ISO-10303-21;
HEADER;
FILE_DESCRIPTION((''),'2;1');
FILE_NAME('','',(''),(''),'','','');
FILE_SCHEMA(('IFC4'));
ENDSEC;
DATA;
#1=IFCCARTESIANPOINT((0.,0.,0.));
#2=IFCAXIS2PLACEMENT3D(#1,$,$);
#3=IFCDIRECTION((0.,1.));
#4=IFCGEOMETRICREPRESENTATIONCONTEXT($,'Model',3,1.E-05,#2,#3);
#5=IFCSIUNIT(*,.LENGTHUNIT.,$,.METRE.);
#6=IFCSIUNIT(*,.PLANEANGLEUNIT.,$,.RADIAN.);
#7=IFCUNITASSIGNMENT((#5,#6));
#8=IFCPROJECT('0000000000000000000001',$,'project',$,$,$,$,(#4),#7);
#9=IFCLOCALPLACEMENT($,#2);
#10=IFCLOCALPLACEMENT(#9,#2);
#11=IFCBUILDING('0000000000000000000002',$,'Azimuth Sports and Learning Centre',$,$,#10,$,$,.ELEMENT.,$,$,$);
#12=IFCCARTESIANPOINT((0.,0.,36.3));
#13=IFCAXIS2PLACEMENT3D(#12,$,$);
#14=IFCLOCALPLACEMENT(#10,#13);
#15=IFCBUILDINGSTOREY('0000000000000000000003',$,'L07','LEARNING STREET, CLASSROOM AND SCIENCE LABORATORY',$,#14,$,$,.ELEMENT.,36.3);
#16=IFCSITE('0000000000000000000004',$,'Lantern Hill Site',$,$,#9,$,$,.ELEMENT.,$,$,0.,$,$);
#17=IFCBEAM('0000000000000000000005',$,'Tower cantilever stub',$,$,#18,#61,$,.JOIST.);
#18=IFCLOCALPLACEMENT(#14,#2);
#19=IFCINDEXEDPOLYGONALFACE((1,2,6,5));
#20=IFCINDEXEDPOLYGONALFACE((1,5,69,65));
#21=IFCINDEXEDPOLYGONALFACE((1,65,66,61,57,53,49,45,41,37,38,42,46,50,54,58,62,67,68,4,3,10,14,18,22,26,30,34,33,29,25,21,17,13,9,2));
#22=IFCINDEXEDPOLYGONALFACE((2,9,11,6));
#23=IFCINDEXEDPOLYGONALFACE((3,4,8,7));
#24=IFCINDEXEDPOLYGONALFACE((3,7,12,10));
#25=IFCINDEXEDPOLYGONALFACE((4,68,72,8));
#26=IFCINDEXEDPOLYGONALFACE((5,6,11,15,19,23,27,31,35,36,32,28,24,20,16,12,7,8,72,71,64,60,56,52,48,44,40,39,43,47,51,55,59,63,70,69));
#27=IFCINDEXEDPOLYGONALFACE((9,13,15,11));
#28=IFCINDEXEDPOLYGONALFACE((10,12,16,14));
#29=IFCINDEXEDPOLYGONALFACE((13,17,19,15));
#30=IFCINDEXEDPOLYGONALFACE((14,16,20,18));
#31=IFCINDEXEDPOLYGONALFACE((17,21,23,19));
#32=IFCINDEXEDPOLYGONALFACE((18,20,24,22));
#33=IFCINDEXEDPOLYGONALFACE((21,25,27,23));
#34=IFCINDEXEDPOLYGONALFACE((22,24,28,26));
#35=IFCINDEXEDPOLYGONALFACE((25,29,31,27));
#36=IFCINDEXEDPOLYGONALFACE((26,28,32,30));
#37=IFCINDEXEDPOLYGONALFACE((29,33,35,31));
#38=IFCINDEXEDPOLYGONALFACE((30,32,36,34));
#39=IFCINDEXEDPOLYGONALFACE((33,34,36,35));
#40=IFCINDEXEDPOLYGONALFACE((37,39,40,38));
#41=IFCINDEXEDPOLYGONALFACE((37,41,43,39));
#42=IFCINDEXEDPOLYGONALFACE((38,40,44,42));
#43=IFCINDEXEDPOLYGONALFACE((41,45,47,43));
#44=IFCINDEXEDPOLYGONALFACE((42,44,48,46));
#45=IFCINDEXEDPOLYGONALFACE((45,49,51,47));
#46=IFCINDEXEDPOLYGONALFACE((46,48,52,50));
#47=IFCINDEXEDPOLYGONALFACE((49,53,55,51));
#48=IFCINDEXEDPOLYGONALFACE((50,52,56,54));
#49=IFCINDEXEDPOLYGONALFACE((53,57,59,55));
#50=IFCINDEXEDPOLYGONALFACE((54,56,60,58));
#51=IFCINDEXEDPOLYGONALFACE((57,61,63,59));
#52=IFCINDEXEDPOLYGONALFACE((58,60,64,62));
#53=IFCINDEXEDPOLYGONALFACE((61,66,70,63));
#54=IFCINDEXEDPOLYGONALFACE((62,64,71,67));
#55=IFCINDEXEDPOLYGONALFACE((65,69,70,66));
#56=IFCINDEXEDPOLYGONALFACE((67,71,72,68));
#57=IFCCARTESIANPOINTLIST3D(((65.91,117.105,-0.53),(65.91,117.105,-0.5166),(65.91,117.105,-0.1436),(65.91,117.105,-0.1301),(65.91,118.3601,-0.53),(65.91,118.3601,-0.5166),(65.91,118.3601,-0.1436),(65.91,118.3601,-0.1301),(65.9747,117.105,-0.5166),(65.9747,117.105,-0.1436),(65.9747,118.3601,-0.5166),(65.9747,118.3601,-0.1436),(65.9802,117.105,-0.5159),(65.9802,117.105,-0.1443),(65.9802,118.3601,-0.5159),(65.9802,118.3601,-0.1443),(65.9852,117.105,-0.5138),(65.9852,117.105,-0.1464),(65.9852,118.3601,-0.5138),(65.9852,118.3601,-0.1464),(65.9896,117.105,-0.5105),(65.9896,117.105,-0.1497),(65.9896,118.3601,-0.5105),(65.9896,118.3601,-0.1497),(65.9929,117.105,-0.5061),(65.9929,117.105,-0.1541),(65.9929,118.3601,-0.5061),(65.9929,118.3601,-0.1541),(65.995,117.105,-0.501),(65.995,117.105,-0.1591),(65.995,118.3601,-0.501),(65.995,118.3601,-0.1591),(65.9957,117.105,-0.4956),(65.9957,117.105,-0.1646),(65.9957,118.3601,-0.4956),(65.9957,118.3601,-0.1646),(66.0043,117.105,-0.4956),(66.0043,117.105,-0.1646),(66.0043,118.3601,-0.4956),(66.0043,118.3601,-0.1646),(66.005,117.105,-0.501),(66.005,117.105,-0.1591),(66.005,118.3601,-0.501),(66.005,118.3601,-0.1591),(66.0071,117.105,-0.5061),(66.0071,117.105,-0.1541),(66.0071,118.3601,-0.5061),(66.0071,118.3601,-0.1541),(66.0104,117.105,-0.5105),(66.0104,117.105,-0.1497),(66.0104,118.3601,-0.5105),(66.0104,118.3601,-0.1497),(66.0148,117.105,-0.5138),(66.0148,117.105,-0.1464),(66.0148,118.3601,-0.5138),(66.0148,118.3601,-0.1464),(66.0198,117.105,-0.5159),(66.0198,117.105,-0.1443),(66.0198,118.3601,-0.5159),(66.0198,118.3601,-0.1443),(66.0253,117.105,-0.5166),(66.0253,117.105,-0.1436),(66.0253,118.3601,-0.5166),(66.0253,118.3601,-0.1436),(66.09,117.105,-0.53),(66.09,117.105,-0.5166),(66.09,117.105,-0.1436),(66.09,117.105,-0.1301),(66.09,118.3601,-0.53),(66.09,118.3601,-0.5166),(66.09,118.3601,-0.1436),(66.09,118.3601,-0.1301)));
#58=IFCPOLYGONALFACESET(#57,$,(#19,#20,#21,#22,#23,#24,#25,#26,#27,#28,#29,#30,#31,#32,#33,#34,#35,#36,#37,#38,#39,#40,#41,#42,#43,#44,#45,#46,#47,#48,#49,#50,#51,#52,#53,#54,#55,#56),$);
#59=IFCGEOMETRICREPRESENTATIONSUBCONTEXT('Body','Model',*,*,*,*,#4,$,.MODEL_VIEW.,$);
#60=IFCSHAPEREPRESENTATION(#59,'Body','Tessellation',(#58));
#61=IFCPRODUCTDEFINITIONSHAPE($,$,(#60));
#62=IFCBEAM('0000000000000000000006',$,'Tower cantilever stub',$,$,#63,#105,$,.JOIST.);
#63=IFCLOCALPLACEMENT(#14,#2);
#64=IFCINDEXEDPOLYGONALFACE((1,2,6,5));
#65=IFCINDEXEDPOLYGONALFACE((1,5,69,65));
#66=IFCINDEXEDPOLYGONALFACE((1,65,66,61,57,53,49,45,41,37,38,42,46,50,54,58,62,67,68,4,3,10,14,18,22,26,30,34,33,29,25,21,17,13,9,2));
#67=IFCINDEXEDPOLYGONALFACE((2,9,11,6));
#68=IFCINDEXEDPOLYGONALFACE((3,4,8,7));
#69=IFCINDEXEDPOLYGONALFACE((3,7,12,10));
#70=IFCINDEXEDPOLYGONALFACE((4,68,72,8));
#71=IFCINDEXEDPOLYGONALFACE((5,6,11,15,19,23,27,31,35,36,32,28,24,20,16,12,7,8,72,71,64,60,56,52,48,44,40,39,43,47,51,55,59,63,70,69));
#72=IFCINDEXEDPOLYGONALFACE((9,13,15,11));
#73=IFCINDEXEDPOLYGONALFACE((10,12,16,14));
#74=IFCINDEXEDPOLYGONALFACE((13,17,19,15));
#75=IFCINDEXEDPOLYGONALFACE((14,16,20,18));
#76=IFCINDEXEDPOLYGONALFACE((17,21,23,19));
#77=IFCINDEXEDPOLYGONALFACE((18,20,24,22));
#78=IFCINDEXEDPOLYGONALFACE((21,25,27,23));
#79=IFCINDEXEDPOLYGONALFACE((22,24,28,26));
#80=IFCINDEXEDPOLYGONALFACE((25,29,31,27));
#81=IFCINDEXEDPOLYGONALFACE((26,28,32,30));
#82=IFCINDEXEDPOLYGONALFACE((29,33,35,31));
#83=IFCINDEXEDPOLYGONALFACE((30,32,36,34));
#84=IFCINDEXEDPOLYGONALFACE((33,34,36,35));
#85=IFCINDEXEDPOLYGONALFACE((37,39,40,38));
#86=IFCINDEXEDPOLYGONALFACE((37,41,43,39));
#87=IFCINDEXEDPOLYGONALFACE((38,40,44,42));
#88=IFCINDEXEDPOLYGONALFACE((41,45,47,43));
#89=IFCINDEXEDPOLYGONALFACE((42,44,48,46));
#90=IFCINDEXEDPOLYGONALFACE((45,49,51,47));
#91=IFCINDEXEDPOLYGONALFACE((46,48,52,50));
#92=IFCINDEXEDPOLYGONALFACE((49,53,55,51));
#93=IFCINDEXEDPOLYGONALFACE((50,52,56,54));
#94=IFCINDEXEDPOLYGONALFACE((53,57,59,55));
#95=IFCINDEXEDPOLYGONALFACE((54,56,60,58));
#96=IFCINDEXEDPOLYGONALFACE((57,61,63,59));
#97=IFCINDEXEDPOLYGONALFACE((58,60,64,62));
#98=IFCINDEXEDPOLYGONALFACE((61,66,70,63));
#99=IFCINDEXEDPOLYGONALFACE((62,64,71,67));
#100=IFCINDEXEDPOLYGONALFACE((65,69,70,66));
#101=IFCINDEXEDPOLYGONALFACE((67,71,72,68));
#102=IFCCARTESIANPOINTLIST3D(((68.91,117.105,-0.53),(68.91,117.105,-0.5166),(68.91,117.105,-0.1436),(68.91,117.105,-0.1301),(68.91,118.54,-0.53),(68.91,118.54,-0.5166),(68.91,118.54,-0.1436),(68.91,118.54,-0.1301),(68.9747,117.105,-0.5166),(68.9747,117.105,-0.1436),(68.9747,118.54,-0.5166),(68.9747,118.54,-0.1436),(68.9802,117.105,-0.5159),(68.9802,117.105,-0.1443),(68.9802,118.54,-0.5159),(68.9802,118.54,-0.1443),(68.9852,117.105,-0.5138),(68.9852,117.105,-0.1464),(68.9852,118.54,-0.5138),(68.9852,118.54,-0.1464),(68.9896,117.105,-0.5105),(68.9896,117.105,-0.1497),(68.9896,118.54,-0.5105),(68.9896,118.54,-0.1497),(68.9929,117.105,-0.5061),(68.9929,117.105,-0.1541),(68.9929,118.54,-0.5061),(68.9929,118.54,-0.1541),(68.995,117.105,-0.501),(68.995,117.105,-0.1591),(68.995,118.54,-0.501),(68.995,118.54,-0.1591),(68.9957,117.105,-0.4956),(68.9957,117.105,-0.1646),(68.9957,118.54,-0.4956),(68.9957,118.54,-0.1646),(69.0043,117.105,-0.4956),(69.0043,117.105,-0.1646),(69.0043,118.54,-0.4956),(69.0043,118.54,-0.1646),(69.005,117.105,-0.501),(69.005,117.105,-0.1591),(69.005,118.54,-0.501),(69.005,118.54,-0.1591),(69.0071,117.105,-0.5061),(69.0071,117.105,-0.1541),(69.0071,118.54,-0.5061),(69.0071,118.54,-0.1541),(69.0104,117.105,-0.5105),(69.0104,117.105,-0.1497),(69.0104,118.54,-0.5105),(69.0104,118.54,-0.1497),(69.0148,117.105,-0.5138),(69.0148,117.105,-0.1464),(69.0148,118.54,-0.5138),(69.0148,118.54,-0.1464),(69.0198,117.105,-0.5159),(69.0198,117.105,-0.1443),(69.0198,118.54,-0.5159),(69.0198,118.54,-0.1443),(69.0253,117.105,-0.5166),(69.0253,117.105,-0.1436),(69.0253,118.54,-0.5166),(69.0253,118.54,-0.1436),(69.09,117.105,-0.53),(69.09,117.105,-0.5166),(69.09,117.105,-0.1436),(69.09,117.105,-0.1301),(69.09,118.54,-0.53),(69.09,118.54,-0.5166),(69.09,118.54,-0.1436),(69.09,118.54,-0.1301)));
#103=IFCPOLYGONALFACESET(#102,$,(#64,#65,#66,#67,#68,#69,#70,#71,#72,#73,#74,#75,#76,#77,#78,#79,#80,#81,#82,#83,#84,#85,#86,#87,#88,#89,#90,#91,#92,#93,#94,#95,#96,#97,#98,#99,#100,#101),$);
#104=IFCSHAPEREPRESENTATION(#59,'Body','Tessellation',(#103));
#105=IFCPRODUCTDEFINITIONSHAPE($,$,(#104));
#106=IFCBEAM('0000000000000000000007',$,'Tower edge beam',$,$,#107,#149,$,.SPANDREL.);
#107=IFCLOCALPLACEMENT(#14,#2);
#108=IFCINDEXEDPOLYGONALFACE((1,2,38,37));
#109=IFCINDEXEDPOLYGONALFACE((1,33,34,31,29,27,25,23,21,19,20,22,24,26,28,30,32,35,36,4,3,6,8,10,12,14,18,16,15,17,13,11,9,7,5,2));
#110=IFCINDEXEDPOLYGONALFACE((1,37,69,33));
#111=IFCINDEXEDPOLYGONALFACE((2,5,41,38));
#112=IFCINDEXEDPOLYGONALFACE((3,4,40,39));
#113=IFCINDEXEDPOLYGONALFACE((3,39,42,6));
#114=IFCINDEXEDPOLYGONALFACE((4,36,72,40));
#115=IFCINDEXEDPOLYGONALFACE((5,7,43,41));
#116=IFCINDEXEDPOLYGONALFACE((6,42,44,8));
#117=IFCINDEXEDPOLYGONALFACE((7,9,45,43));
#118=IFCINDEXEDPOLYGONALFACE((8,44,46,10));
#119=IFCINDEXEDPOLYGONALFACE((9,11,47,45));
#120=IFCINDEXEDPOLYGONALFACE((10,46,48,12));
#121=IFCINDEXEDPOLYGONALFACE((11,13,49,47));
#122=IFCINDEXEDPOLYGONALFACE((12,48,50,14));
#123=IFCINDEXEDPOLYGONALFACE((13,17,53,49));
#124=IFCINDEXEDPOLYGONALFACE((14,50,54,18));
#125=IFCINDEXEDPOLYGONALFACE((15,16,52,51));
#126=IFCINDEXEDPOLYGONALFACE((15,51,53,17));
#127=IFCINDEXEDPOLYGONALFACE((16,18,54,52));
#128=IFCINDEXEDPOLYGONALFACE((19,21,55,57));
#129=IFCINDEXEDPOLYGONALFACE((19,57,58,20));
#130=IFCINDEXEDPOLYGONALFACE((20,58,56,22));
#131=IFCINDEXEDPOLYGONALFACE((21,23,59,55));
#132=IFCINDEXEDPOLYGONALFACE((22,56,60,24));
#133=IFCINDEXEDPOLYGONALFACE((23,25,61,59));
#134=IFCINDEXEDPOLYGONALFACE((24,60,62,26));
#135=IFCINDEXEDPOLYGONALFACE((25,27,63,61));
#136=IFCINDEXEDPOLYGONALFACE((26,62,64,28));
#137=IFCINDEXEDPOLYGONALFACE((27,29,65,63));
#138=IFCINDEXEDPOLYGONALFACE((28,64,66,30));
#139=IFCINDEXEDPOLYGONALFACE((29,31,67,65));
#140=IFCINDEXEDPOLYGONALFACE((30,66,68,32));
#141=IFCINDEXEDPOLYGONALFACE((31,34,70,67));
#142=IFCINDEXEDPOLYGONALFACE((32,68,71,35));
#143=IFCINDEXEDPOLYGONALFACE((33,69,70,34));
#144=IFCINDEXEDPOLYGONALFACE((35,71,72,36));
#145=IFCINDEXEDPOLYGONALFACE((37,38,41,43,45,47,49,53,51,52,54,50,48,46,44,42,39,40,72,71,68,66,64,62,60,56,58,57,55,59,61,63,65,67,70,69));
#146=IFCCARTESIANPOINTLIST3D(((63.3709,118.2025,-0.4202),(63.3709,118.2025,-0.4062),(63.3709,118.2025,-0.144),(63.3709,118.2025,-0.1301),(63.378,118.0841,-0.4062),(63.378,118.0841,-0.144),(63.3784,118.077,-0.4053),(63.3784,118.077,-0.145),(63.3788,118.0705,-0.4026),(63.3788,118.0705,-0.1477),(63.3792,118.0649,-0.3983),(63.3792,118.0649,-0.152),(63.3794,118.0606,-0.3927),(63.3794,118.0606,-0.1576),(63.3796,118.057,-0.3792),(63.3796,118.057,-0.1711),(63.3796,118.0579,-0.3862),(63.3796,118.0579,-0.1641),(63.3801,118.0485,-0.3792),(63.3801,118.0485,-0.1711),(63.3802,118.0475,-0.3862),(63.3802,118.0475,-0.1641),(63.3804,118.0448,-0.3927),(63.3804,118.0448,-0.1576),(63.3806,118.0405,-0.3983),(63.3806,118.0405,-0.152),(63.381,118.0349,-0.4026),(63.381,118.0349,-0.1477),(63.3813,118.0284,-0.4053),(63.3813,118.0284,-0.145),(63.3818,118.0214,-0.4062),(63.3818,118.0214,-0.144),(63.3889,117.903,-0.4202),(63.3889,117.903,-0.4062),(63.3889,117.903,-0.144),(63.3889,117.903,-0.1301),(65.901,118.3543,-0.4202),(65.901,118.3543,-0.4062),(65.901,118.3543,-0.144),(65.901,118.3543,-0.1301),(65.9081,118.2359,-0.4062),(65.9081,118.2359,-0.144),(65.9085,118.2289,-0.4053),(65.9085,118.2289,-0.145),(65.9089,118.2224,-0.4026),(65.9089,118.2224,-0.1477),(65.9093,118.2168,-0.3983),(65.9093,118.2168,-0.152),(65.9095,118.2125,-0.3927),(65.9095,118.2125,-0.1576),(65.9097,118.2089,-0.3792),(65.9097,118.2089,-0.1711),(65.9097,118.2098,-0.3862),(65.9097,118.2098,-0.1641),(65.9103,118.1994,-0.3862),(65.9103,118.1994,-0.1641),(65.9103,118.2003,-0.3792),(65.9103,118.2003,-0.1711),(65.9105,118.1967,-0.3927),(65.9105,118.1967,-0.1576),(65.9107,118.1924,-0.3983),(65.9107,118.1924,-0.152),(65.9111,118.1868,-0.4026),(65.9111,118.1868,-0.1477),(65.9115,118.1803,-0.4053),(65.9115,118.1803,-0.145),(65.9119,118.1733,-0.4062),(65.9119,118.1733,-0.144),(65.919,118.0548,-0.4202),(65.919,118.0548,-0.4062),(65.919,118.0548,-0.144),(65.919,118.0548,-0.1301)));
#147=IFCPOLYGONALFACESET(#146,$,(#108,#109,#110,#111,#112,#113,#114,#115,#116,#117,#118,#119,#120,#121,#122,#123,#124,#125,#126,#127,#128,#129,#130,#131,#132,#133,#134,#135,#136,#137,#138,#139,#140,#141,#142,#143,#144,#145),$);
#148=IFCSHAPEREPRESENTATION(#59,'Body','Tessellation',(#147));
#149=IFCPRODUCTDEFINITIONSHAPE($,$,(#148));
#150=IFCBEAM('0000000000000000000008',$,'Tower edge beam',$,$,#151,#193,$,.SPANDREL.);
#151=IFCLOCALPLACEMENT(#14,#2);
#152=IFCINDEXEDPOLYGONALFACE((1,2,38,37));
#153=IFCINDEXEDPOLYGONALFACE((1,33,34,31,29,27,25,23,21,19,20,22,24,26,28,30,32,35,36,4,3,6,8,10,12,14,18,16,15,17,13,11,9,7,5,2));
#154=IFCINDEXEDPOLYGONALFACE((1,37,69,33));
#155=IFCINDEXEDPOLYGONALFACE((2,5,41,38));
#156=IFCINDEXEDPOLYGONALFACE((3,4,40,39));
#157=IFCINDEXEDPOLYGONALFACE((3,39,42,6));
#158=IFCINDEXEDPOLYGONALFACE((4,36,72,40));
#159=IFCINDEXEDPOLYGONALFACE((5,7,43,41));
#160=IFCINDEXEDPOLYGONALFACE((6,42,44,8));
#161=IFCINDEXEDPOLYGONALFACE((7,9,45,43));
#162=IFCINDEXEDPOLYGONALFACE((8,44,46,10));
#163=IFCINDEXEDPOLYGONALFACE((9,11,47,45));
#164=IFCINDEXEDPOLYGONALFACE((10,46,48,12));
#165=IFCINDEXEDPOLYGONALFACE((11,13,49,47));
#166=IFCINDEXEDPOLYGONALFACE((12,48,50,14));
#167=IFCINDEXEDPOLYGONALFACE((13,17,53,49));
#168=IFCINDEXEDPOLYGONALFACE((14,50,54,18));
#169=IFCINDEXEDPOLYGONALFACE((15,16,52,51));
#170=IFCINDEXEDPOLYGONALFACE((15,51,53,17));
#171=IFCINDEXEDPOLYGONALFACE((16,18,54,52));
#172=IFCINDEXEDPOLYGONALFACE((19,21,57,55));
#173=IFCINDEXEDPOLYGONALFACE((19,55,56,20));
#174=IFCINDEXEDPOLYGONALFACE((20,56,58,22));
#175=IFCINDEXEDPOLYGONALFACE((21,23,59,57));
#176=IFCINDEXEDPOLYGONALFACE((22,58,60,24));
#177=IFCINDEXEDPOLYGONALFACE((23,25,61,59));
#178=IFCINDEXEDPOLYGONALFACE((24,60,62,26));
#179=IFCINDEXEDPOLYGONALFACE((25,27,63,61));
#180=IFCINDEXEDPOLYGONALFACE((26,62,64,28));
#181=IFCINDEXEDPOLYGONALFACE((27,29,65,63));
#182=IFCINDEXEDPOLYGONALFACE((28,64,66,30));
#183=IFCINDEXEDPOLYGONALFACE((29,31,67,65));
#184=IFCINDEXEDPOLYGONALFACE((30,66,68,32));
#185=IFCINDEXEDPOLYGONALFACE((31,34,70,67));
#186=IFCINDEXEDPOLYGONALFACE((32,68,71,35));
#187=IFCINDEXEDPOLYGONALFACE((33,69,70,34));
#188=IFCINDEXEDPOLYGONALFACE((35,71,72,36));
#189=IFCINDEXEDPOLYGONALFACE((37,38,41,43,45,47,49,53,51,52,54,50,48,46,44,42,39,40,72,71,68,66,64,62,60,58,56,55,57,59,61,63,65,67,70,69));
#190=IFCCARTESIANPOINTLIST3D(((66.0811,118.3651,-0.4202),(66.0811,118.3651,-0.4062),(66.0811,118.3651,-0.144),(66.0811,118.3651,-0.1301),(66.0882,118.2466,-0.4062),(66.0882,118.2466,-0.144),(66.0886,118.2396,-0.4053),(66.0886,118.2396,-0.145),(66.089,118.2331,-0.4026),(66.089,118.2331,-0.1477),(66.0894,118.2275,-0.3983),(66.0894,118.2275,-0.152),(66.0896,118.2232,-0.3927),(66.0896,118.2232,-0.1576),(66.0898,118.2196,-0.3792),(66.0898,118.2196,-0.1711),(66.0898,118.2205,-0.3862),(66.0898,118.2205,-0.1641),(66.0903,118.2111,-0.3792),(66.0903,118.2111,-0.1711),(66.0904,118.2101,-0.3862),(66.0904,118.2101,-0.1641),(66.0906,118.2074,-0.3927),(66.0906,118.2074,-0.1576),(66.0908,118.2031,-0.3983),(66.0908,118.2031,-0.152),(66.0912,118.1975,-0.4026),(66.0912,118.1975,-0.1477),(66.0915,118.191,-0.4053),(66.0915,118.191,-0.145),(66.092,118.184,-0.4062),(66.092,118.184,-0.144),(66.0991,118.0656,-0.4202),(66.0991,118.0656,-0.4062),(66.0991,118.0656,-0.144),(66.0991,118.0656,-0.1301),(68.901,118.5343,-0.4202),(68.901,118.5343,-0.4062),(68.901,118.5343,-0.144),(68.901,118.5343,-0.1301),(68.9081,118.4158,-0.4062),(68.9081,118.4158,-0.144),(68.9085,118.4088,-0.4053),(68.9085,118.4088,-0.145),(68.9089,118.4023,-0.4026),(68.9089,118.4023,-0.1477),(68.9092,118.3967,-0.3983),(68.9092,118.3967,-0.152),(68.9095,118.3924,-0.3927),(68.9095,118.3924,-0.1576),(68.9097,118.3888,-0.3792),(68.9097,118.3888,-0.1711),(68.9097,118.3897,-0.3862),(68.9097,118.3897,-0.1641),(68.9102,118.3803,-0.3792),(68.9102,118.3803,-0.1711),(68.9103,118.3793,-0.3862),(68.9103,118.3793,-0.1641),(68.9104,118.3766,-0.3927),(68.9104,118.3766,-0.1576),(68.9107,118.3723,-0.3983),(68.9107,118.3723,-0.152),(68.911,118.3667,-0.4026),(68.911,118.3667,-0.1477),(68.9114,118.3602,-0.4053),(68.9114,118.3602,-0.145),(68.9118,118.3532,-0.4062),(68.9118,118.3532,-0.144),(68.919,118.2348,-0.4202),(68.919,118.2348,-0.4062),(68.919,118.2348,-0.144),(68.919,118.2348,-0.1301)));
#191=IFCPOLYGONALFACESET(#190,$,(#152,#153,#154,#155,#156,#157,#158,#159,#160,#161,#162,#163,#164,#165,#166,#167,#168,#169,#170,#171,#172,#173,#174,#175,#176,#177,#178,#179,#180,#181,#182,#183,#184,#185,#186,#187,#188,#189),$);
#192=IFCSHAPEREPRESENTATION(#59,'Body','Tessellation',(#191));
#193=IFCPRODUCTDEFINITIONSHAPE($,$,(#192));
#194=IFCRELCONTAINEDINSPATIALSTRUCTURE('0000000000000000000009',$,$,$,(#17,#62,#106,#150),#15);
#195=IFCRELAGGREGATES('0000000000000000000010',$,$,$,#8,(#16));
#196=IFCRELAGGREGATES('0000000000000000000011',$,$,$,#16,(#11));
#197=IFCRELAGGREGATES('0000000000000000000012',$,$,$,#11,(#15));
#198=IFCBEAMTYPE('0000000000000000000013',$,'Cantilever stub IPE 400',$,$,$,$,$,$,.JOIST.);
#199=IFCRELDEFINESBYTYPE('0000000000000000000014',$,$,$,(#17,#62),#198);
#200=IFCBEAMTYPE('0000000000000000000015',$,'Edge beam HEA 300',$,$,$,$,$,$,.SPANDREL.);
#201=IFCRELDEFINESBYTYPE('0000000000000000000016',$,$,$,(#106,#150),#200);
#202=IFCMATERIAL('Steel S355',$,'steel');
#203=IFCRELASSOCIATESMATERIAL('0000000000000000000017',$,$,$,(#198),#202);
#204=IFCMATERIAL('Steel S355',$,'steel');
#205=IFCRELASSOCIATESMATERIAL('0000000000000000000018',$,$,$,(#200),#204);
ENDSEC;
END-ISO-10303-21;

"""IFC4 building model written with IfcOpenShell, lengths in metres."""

from ifc_helpers import new_model, si_unit, direction, frame, origin, origin_2d, place, context, subcontext, project, spatial, i_section, extrude, material, material_profile, profile_set, type_object, element, save


model = new_model("IFC4")

# Units and contexts
model_context = context("Model", 3, precision=1e-05, world=origin(), true_north=direction((0.0, 1.0)))
body_context = subcontext(model_context, "Body", "Model", "MODEL_VIEW")
ifc_project = project(units=[si_unit("LENGTHUNIT", "METRE"), si_unit("PLANEANGLEUNIT", "RADIAN")], contexts=[model_context])

# Site, building, storey
site_placement = place(None, origin())
site = spatial("IfcSite", under=ifc_project, at=site_placement, Name="Lantern Hill Site", CompositionType="ELEMENT", RefElevation=0.0)
building_placement = place(site_placement, origin())
building = spatial("IfcBuilding", under=site, at=building_placement, Name="Azimuth Sports and Learning Centre", CompositionType="ELEMENT")
storey_placement = place(building_placement, frame((0.0, 0.0, 36.3)))
storey = spatial("IfcBuildingStorey", under=building, at=storey_placement, Name="L07", Description="LEARNING STREET, CLASSROOM AND SCIENCE LABORATORY", CompositionType="ELEMENT", Elevation=36.3)

# Beams
ifc_material_1 = material(Name="Steel S355", Category="steel")
ifc_material_profile_1 = material_profile(ifc_material_1, i_section(OverallWidth=0.1799, OverallDepth=0.3999, WebThickness=0.0085, FlangeThickness=0.0134, FilletRadius=0.021, at=origin_2d()), Name="IPE 400")
ifc_profile_set_1 = profile_set([ifc_material_profile_1], Name="Steel S355")
beam_type_1 = type_object("IfcBeamType", Name="Cantilever stub IPE 400", PredefinedType="JOIST", material=ifc_profile_set_1)
beam_1_placement = place(storey_placement, frame((66.0, 117.105, -0.3301), z_axis=(0.0, 1.0, 0.0), x_axis=(-1.0, 0.0, 0.0)))
element("IfcBeam", 1, at=beam_1_placement, inside=storey, type_object=beam_type_1, Name="Tower cantilever stub", PredefinedType="JOIST", context=body_context, shape_type="SweptSolid", body=[
    extrude(i_section(OverallWidth=0.1799, OverallDepth=0.3999, WebThickness=0.0085, FlangeThickness=0.0134, FilletRadius=0.021, at=origin_2d()), origin(), (0.0, 0.0, 1.0), 1.2551),
])
beam_2_placement = place(storey_placement, frame((69.0, 117.105, -0.3301), z_axis=(0.0, 1.0, 0.0), x_axis=(-1.0, 0.0, 0.0)))
element("IfcBeam", 2, at=beam_2_placement, inside=storey, type_object=beam_type_1, Name="Tower cantilever stub", PredefinedType="JOIST", context=body_context, shape_type="SweptSolid", body=[
    extrude(i_section(OverallWidth=0.1799, OverallDepth=0.3999, WebThickness=0.0085, FlangeThickness=0.0134, FilletRadius=0.021, at=origin_2d()), origin(), (0.0, 0.0, 1.0), 1.4351),
])
ifc_material_2 = material(Name="Steel S355", Category="steel")
ifc_material_profile_2 = material_profile(ifc_material_2, i_section(OverallWidth=0.3, OverallDepth=0.29, WebThickness=0.0085, FlangeThickness=0.0139, FilletRadius=0.0271, at=origin_2d()), Name="HEA 300")
ifc_profile_set_2 = profile_set([ifc_material_profile_2], Name="Steel S355")
beam_type_2 = type_object("IfcBeamType", Name="Edge beam HEA 300", PredefinedType="SPANDREL", material=ifc_profile_set_2)
beam_3_placement = place(storey_placement, frame((63.3799, 118.0527, -0.2751), z_axis=(0.998204, 0.059913, 0.0), x_axis=(-0.059913, 0.998204, 0.0)))
element("IfcBeam", 3, at=beam_3_placement, inside=storey, type_object=beam_type_2, Name="Tower edge beam", PredefinedType="SPANDREL", context=body_context, shape_type="SweptSolid", body=[
    extrude(i_section(OverallWidth=0.3, OverallDepth=0.29, WebThickness=0.0085, FlangeThickness=0.0139, FilletRadius=0.0271, at=origin_2d()), origin(), (0.0, 0.0, 1.0), 2.5347),
])
beam_4_placement = place(storey_placement, frame((66.0901, 118.2153, -0.2751), z_axis=(0.998205, 0.059892, 0.0), x_axis=(-0.059892, 0.998205, 0.0)))
element("IfcBeam", 4, at=beam_4_placement, inside=storey, type_object=beam_type_2, Name="Tower edge beam", PredefinedType="SPANDREL", context=body_context, shape_type="SweptSolid", body=[
    extrude(i_section(OverallWidth=0.3, OverallDepth=0.29, WebThickness=0.0085, FlangeThickness=0.0139, FilletRadius=0.0271, at=origin_2d()), origin(), (0.0, 0.0, 1.0), 2.825),
])

save(model, "model.ifc")
